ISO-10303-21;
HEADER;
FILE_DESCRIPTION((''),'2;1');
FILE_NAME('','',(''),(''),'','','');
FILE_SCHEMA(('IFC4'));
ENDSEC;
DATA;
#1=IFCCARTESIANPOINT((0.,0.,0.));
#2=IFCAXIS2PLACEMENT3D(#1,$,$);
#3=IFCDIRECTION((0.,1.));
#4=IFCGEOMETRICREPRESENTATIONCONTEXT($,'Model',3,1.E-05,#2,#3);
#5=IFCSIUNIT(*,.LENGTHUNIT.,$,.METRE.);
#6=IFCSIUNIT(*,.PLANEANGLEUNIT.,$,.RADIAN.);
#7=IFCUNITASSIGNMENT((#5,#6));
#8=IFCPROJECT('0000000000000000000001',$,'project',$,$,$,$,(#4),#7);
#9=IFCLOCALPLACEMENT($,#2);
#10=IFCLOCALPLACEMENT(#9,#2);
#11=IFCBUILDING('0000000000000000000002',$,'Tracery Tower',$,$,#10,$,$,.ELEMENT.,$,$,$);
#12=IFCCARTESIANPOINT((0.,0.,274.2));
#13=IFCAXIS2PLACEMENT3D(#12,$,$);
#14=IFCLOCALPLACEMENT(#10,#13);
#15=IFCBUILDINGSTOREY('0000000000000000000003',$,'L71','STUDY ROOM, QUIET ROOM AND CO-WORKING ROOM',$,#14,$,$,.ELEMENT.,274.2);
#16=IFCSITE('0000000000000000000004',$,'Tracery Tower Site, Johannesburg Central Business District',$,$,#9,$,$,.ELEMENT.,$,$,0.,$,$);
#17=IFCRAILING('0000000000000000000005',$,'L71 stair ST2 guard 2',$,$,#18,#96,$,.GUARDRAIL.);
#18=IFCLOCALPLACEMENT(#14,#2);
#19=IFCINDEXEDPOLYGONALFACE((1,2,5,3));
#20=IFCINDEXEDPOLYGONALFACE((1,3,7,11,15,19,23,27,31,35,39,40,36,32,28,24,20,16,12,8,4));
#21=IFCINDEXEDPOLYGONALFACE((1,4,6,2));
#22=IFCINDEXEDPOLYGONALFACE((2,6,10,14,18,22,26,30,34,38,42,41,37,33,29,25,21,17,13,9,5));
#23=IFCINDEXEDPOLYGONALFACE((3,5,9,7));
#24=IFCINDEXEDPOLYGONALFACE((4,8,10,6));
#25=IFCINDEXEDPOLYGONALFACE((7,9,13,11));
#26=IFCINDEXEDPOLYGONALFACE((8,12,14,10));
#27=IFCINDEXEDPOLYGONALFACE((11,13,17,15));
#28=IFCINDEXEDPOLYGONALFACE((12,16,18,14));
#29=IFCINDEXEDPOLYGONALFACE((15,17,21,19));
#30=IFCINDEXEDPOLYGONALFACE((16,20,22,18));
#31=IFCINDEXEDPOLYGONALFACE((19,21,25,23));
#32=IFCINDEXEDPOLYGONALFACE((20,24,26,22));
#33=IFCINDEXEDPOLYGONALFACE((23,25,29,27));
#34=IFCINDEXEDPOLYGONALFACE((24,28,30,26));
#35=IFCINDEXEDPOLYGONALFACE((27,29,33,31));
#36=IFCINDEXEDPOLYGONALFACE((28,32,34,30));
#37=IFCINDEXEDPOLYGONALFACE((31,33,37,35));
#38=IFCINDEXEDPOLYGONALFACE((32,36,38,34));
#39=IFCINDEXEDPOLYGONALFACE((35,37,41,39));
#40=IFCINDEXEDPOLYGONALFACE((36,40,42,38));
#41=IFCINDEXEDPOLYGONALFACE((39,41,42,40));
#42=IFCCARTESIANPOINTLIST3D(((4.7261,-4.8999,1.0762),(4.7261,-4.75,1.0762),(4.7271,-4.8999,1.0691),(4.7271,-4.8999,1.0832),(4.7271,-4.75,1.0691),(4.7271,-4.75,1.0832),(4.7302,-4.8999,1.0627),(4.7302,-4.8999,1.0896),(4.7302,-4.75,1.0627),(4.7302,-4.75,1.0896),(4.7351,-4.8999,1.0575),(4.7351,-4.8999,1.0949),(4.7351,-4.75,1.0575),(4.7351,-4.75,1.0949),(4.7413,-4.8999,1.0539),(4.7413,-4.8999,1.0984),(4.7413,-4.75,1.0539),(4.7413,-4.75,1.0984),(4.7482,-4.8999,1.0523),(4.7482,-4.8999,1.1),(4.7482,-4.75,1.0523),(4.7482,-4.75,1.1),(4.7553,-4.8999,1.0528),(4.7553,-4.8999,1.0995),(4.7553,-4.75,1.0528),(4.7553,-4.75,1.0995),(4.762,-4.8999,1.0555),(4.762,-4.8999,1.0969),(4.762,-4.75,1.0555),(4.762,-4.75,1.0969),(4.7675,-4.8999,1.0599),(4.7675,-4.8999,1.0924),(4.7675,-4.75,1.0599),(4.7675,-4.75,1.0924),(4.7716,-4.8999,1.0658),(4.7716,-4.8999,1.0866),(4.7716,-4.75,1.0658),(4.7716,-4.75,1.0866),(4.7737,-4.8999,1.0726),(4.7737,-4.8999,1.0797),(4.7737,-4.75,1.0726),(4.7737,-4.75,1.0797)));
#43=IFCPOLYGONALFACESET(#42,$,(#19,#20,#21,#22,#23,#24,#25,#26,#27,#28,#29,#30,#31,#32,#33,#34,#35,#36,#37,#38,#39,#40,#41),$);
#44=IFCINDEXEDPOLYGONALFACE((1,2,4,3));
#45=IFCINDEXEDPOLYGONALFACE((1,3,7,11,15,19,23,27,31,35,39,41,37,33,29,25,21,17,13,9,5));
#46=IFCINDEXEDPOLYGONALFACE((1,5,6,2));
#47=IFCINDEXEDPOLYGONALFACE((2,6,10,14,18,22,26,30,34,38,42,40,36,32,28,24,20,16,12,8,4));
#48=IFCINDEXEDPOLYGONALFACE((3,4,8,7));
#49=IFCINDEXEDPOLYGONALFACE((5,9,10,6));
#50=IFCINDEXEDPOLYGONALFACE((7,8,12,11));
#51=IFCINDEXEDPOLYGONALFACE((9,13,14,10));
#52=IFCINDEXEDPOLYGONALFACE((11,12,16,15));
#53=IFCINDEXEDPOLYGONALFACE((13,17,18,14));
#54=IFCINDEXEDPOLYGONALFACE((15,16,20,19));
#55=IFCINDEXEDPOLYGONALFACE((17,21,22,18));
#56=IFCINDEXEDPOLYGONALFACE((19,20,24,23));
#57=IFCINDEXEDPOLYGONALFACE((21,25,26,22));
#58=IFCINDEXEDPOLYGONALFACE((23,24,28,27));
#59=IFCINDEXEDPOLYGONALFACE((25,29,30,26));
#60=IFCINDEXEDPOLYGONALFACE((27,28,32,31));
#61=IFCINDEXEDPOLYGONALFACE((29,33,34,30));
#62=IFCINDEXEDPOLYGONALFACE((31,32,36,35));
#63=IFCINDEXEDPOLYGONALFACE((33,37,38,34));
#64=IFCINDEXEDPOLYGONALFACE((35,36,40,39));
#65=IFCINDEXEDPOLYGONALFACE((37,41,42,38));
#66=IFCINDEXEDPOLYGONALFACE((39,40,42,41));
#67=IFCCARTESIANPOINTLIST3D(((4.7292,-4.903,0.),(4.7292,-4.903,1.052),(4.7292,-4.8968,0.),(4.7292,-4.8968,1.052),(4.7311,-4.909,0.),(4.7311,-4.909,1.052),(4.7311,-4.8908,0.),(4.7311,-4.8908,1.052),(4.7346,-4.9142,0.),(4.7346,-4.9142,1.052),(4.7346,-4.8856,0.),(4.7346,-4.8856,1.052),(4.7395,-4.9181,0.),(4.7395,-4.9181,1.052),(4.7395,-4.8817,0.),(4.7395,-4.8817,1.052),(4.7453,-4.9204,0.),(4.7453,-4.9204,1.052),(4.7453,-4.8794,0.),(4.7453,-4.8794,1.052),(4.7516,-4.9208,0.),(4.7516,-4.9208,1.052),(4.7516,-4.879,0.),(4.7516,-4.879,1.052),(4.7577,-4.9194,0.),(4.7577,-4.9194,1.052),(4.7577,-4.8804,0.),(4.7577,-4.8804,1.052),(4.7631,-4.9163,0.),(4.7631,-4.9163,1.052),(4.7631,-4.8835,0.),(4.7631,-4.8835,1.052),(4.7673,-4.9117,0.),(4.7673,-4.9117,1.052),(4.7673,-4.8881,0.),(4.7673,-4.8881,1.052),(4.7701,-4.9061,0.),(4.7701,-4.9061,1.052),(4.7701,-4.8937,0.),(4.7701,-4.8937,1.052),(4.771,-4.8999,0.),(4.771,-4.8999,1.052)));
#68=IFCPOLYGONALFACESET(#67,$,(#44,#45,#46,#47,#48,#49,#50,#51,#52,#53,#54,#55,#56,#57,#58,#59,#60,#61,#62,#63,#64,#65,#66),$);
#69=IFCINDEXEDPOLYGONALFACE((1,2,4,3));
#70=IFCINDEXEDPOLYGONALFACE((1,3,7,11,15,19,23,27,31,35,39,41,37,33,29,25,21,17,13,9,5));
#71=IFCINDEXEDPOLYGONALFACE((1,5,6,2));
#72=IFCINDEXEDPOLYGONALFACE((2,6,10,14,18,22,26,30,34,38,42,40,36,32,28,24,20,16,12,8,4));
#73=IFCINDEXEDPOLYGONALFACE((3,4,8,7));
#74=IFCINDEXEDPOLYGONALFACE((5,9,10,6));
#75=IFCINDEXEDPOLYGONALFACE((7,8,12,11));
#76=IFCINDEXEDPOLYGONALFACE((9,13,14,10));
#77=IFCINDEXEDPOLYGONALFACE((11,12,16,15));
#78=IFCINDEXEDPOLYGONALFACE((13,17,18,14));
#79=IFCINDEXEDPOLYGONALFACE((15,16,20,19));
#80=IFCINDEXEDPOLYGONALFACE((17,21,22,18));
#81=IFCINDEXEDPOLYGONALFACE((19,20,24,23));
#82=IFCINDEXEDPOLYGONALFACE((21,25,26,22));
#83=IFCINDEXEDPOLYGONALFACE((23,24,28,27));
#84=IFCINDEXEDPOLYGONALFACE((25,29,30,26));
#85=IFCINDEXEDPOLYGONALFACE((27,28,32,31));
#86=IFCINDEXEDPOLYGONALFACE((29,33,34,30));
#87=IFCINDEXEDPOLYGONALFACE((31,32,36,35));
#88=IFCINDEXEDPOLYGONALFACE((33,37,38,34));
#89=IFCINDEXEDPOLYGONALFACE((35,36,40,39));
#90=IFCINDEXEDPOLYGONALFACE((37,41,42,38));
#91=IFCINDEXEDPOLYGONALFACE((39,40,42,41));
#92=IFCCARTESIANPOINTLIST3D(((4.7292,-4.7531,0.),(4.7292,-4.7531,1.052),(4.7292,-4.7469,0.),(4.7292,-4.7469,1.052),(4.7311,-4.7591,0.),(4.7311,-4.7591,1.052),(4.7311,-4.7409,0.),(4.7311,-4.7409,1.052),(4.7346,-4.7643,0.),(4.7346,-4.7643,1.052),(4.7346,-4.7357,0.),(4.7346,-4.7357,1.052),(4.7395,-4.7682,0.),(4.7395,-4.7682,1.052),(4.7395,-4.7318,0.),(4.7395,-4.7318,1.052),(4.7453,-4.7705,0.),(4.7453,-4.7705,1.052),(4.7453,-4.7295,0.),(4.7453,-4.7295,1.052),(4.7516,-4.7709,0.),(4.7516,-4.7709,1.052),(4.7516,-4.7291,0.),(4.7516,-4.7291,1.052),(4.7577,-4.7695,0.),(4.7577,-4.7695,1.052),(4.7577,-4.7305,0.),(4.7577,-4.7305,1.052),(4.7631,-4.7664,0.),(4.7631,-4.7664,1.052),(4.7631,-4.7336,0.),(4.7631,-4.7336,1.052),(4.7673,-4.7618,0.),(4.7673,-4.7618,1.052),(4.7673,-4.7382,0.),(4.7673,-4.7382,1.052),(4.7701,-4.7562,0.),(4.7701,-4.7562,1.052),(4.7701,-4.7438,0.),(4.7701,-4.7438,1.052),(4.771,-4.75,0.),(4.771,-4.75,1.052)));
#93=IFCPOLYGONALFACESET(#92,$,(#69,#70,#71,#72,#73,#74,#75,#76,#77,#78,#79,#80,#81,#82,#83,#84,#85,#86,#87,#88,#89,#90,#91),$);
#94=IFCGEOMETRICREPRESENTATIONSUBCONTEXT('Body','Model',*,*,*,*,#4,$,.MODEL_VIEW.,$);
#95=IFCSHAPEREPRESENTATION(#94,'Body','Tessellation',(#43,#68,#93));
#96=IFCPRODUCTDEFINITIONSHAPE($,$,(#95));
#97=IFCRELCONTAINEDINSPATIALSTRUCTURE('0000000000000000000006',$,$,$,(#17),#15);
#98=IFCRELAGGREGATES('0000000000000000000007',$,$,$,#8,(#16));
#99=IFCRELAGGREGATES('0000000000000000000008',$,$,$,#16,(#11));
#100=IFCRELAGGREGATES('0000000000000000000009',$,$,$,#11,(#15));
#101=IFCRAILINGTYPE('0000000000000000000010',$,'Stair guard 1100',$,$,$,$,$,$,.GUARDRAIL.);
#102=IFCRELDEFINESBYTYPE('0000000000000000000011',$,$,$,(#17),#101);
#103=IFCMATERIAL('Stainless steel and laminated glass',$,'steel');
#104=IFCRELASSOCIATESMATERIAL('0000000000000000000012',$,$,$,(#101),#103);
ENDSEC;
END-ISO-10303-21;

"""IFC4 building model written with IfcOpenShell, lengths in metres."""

from ifc_helpers import new_model, si_unit, direction, frame, origin, origin_2d, place, context, subcontext, project, spatial, circle, extrude, material, type_object, element, save


model = new_model("IFC4")

# Units and contexts
model_context = context("Model", 3, precision=1e-05, world=origin(), true_north=direction((0.0, 1.0)))
body_context = subcontext(model_context, "Body", "Model", "MODEL_VIEW")
ifc_project = project(units=[si_unit("LENGTHUNIT", "METRE"), si_unit("PLANEANGLEUNIT", "RADIAN")], contexts=[model_context])

# Site, building, storey
site_placement = place(None, origin())
site = spatial("IfcSite", under=ifc_project, at=site_placement, Name="Tracery Tower Site, Johannesburg Central Business District", CompositionType="ELEMENT", RefElevation=0.0)
building_placement = place(site_placement, origin())
building = spatial("IfcBuilding", under=site, at=building_placement, Name="Tracery Tower", CompositionType="ELEMENT")
storey_placement = place(building_placement, frame((0.0, 0.0, 274.2)))
storey = spatial("IfcBuildingStorey", under=building, at=storey_placement, Name="L71", Description="STUDY ROOM, QUIET ROOM AND CO-WORKING ROOM", CompositionType="ELEMENT", Elevation=274.2)

# Railing
ifc_material_1 = material(Name="Stainless steel and laminated glass", Category="steel")
railing_type_1 = type_object("IfcRailingType", Name="Stair guard 1100", PredefinedType="GUARDRAIL", material=ifc_material_1)
railing_1_placement = place(storey_placement, frame((4.75, -4.8999, 0.0)))
element("IfcRailing", 1, at=railing_1_placement, inside=storey, type_object=railing_type_1, Name="L71 stair ST2 guard 2", PredefinedType="GUARDRAIL", context=body_context, shape_type="SweptSolid", body=[
    extrude(circle(Radius=0.0239, at=origin_2d()), frame((0.0, 0.0, 1.0762), z_axis=(0.0, 1.0, 0.0), x_axis=(-1.0, 0.0, 0.0)), (0.0, 0.0, 1.0), 0.1499),
    extrude(circle(Radius=0.021, at=origin_2d()), origin(), (0.0, 0.0, 1.0), 1.052),
    extrude(circle(Radius=0.021, at=origin_2d()), frame((0.0, 0.1499, 0.0)), (0.0, 0.0, 1.0), 1.052),
])

save(model, "model.ifc")
